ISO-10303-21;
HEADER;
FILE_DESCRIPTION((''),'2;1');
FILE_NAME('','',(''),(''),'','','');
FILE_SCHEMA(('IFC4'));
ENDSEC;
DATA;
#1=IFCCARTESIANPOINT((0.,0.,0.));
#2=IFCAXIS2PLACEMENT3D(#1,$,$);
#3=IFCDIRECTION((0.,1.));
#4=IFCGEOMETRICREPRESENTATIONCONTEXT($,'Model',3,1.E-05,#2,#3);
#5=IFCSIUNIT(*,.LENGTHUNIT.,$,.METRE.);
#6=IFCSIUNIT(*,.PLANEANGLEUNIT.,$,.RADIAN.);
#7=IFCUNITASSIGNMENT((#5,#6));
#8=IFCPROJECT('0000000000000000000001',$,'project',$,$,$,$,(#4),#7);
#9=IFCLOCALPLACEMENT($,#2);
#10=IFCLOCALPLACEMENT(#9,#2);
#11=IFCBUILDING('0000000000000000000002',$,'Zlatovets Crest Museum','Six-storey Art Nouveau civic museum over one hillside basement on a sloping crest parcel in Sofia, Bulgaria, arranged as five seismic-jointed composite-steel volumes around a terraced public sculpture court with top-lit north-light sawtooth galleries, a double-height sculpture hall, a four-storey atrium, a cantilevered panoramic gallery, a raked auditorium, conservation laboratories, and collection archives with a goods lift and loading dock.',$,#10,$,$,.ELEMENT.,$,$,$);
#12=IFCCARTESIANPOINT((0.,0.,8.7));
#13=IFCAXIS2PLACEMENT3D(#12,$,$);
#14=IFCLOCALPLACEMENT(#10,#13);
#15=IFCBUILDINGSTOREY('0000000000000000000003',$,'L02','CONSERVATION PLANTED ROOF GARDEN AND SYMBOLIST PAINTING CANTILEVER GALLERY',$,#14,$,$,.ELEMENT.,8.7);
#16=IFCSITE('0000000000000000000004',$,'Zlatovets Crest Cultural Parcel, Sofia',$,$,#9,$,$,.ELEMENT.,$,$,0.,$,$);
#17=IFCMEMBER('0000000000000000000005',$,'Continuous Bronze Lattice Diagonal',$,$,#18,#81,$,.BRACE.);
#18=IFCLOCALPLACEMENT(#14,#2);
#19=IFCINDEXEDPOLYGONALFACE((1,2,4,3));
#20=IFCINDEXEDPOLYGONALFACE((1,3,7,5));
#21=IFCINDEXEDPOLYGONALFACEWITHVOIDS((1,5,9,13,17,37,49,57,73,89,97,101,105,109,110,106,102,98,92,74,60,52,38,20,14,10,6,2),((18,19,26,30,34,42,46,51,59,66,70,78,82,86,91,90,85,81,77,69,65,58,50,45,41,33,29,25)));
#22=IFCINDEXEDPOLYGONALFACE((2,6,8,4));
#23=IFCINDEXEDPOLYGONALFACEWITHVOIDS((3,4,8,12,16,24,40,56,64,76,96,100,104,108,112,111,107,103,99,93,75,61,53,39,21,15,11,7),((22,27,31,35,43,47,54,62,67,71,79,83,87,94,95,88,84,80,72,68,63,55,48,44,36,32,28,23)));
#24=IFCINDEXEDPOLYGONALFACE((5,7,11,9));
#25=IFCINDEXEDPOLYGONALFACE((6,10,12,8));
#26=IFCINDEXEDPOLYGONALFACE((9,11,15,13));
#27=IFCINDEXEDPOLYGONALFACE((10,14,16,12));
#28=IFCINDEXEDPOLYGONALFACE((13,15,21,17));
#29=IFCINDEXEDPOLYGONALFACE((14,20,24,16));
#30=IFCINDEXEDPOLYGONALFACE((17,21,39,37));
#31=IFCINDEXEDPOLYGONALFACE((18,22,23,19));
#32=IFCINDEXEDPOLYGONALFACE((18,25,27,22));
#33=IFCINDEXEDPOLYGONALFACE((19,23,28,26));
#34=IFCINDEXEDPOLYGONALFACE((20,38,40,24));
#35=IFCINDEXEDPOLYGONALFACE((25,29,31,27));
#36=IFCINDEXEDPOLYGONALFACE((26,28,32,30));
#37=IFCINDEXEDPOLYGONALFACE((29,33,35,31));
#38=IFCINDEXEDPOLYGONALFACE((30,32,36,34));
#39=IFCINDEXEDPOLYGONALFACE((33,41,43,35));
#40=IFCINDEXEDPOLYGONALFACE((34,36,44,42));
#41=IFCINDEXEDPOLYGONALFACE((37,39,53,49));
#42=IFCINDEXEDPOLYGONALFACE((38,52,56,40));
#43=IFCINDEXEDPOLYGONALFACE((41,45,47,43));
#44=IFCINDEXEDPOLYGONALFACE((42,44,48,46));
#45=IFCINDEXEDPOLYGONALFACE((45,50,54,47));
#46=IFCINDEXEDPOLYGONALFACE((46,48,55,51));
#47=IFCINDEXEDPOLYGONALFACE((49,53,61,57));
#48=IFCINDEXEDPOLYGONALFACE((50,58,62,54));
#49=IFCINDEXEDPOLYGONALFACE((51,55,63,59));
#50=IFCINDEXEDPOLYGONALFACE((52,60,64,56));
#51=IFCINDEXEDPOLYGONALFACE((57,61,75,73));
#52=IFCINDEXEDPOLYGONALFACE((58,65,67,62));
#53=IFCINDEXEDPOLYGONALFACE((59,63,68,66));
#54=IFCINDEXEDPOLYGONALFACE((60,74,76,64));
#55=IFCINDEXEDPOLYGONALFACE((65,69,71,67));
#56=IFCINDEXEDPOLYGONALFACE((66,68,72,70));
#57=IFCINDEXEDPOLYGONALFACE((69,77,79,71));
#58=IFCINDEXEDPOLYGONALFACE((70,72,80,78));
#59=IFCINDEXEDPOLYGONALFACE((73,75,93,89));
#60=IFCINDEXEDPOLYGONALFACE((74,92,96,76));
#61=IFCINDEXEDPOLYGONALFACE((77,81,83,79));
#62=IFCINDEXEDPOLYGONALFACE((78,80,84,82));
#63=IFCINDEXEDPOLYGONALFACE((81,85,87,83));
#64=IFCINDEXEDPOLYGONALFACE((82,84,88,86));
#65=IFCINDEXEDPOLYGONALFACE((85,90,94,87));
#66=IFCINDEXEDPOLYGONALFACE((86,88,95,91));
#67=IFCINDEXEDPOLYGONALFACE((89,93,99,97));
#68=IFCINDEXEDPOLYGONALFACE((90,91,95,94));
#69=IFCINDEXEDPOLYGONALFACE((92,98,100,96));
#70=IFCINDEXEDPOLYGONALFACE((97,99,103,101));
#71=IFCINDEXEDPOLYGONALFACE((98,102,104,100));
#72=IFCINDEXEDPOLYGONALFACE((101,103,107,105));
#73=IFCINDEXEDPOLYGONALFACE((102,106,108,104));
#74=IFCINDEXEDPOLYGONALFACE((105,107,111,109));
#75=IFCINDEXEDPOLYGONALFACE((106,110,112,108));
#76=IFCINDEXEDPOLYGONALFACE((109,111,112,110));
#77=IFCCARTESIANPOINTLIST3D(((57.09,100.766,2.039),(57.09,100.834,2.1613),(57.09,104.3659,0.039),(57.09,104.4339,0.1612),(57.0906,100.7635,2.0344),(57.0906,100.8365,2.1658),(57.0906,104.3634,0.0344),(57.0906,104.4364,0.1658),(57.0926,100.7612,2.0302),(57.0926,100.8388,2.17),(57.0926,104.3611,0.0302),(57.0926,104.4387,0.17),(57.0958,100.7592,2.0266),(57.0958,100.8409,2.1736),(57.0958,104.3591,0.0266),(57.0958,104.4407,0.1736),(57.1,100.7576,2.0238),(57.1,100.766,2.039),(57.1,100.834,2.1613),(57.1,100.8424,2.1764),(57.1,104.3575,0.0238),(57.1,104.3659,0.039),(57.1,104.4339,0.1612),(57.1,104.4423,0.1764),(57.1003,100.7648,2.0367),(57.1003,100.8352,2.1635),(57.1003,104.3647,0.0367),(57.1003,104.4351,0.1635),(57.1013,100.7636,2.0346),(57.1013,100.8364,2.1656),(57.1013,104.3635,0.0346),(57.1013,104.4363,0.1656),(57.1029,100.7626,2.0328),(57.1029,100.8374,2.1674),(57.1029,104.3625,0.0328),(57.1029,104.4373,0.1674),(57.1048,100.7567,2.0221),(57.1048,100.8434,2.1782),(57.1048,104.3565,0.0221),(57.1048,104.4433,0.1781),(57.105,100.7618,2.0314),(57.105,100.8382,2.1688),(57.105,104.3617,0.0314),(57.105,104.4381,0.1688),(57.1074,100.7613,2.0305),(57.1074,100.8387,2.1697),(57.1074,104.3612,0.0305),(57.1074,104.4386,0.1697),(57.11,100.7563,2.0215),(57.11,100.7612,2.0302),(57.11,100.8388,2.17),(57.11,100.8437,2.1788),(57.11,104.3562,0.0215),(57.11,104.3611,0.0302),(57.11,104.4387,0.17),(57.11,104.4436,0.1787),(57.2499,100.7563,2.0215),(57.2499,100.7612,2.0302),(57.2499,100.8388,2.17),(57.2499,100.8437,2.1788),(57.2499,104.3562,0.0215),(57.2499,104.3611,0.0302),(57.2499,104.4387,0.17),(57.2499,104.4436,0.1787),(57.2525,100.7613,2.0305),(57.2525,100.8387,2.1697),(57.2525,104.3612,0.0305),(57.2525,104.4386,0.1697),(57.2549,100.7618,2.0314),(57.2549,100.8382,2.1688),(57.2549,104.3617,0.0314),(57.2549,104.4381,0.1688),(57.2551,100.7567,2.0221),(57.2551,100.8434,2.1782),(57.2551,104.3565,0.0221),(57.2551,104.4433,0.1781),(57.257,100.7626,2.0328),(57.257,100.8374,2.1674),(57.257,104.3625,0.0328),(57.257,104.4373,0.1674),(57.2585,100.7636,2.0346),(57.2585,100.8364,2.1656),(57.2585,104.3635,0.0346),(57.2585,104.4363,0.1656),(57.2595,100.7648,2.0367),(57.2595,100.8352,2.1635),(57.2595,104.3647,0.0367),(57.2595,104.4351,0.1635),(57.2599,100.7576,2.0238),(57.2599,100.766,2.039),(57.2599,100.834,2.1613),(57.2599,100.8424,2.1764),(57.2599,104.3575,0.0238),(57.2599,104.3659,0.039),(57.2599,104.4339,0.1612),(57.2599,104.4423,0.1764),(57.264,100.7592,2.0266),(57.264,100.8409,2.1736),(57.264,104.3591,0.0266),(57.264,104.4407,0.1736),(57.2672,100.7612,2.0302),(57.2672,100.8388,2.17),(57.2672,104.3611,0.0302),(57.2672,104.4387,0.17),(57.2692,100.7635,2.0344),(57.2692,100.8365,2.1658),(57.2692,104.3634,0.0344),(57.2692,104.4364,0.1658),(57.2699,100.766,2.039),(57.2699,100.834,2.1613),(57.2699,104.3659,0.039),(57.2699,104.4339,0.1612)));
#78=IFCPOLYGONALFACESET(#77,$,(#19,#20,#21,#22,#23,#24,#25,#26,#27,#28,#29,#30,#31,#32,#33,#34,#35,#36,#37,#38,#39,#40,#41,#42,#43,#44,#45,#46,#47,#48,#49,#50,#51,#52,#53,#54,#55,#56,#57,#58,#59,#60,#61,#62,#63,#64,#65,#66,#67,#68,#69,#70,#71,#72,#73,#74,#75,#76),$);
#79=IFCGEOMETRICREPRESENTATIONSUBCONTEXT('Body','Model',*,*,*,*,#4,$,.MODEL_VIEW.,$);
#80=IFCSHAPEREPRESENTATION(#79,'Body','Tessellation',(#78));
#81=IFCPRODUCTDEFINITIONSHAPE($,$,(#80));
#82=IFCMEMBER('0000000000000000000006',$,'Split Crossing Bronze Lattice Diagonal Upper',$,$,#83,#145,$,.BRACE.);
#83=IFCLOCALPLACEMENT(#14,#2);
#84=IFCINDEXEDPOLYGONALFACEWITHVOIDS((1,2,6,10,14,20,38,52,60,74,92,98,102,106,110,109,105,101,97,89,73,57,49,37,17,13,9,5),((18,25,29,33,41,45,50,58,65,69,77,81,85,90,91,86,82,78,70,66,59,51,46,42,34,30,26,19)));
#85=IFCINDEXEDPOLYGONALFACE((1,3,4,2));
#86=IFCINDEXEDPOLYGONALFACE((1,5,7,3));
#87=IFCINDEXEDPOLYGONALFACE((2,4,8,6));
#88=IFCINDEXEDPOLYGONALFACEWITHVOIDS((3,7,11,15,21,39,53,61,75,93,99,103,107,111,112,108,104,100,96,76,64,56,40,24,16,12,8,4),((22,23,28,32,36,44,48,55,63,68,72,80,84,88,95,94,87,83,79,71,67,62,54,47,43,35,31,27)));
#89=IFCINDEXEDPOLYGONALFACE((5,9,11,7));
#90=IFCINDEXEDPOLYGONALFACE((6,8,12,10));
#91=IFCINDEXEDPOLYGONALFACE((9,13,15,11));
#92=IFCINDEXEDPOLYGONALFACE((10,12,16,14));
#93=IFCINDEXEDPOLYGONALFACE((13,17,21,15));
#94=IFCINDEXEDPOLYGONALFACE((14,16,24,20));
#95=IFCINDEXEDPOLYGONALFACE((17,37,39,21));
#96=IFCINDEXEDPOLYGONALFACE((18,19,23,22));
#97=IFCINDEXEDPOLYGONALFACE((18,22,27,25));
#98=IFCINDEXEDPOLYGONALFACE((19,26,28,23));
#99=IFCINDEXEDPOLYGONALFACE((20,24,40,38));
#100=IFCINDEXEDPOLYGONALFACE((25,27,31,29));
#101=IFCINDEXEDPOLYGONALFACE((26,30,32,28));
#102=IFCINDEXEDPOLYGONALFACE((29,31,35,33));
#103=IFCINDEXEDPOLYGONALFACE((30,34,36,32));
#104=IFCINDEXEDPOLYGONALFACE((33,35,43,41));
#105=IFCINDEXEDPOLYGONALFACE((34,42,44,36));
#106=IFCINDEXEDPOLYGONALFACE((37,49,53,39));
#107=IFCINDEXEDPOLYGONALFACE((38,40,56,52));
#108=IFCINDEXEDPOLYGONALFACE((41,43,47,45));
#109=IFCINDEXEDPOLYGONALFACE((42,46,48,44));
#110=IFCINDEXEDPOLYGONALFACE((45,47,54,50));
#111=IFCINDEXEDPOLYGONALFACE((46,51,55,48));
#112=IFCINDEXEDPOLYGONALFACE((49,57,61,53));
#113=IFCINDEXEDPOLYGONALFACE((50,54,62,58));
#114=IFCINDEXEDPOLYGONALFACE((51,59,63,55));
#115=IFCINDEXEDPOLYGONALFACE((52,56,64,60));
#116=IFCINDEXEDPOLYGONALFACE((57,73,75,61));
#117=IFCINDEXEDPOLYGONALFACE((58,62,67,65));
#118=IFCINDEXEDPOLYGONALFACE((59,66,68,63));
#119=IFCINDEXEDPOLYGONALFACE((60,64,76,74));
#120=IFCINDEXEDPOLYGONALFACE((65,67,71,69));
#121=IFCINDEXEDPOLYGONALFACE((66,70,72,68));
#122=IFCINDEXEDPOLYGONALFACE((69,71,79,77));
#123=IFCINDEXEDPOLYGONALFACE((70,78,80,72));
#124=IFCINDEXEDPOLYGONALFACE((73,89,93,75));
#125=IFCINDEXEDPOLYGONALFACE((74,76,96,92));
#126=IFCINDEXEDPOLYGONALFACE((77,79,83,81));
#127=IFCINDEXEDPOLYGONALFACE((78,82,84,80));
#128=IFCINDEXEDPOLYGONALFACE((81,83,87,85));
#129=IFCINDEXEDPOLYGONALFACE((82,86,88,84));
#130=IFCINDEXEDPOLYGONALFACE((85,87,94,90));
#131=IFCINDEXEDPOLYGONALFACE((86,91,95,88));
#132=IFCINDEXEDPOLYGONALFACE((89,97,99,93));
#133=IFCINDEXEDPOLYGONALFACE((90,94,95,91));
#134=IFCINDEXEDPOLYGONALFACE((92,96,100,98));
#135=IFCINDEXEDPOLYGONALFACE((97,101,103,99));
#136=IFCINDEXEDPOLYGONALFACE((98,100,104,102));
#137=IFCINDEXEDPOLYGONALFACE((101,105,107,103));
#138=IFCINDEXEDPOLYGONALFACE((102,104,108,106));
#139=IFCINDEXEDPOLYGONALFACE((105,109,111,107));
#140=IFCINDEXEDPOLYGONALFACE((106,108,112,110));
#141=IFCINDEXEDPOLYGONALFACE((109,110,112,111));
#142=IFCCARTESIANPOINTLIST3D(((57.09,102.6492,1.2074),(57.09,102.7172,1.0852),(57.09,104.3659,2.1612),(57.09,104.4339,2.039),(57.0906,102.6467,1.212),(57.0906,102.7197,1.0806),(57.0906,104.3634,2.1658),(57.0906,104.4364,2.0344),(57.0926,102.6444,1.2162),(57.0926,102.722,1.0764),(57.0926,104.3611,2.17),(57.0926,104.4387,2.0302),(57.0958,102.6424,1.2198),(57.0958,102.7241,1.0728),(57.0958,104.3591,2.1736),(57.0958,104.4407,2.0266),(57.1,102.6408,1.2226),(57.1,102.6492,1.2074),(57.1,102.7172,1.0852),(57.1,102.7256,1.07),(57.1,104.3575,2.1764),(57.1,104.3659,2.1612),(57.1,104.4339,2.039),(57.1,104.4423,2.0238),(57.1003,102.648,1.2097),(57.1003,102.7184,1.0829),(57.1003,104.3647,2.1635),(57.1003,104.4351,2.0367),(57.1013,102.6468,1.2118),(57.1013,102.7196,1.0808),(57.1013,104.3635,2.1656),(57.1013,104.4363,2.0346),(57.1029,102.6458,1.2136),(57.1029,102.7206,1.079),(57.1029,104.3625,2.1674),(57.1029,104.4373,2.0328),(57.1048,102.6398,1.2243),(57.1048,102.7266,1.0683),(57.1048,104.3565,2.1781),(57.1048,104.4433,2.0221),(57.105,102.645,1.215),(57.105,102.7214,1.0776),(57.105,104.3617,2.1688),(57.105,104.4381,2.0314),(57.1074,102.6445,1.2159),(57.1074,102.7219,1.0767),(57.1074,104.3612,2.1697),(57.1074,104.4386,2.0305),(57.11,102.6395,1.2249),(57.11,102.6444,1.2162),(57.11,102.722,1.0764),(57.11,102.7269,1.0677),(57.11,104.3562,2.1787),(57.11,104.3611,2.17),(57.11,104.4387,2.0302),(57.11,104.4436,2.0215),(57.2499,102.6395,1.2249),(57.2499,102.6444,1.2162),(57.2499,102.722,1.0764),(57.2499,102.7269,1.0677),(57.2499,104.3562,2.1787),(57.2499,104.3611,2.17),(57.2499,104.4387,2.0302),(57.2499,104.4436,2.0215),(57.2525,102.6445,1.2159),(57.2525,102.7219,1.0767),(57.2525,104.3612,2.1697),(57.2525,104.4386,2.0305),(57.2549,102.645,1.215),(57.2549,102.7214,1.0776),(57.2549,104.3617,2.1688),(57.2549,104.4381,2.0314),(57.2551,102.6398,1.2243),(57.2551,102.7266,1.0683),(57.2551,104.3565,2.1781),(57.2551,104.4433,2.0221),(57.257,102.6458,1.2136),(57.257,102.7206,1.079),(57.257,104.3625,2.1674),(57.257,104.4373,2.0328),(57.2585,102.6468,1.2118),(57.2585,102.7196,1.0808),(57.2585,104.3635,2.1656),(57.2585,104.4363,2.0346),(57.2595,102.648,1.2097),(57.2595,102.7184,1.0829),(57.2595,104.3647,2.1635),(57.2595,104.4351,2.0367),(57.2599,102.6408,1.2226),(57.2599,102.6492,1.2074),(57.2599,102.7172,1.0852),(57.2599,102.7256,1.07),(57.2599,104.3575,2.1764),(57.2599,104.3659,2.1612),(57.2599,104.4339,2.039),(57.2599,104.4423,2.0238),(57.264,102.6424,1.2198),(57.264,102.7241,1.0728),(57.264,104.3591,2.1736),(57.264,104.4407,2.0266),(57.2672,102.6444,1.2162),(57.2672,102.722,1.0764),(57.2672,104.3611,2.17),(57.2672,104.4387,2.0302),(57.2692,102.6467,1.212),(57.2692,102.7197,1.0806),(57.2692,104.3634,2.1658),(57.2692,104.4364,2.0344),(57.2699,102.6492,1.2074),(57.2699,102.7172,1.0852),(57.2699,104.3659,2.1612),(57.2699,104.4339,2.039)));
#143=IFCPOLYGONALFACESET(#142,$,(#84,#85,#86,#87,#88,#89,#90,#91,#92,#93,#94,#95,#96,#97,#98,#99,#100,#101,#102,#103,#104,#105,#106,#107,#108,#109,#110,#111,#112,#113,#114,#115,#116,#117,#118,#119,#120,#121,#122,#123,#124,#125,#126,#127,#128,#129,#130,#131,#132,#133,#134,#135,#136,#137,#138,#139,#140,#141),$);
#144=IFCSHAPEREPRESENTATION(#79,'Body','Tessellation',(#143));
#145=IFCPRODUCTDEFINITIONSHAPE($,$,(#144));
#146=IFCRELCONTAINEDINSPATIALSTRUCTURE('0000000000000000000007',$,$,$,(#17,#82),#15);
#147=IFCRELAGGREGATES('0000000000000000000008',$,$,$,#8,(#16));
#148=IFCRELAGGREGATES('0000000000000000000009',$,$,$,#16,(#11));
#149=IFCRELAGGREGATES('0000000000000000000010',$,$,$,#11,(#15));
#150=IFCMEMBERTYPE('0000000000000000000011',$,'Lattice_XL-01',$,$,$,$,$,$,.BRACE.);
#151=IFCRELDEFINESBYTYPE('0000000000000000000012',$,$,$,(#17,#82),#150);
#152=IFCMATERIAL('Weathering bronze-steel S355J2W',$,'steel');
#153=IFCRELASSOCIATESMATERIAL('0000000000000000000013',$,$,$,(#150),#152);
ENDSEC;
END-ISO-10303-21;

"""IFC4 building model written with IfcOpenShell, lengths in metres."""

from ifc_helpers import new_model, si_unit, direction, frame, origin, origin_2d, place, context, subcontext, project, spatial, hollow_rectangle, extrude, material, material_profile, profile_set, type_object, element, save


model = new_model("IFC4")

# Units and contexts
model_context = context("Model", 3, precision=1e-05, world=origin(), true_north=direction((0.0, 1.0)))
body_context = subcontext(model_context, "Body", "Model", "MODEL_VIEW")
ifc_project = project(units=[si_unit("LENGTHUNIT", "METRE"), si_unit("PLANEANGLEUNIT", "RADIAN")], contexts=[model_context])

# Site, building, storey
site_placement = place(None, origin())
site = spatial("IfcSite", under=ifc_project, at=site_placement, Name="Zlatovets Crest Cultural Parcel, Sofia", CompositionType="ELEMENT", RefElevation=0.0)
building_placement = place(site_placement, origin())
building = spatial("IfcBuilding", under=site, at=building_placement, Name="Zlatovets Crest Museum", Description="Six-storey Art Nouveau civic museum over one hillside basement on a sloping crest parcel in Sofia, Bulgaria, arranged as five seismic-jointed composite-steel volumes around a terraced public sculpture court with top-lit north-light sawtooth galleries, a double-height sculpture hall, a four-storey atrium, a cantilevered panoramic gallery, a raked auditorium, conservation laboratories, and collection archives with a goods lift and loading dock.", CompositionType="ELEMENT")
storey_placement = place(building_placement, frame((0.0, 0.0, 8.7)))
storey = spatial("IfcBuildingStorey", under=building, at=storey_placement, Name="L02", Description="CONSERVATION PLANTED ROOF GARDEN AND SYMBOLIST PAINTING CANTILEVER GALLERY", CompositionType="ELEMENT", Elevation=8.7)

# Members
ifc_material_1 = material(Name="Weathering bronze-steel S355J2W", Category="steel")
ifc_material_profile_1 = material_profile(ifc_material_1, hollow_rectangle(XDim=0.1799, YDim=0.1799, WallThickness=0.01, InnerFilletRadius=0.01, OuterFilletRadius=0.02, at=origin_2d()), Name="SHS 180x180x10.0")
ifc_profile_set_1 = profile_set([ifc_material_profile_1], Name="Weathering bronze-steel S355J2W")
member_type_1 = type_object("IfcMemberType", Name="Lattice_XL-01", PredefinedType="BRACE", material=ifc_profile_set_1)
member_1_placement = place(storey_placement, frame((57.1799, 104.3999, 0.1001), z_axis=(0.0, -0.874149, 0.485658), x_axis=(1.0, 0.0, 0.0)))
element("IfcMember", 1, at=member_1_placement, inside=storey, type_object=member_type_1, Name="Continuous Bronze Lattice Diagonal", PredefinedType="BRACE", context=body_context, shape_type="SweptSolid", body=[
    extrude(hollow_rectangle(XDim=0.1799, YDim=0.1799, WallThickness=0.01, InnerFilletRadius=0.01, OuterFilletRadius=0.02, at=origin_2d()), origin(), (0.0, 0.0, 1.0), 4.1182),
])
member_2_placement = place(storey_placement, frame((57.1799, 104.3999, 2.1001), z_axis=(0.0, -0.87414, -0.485675), x_axis=(1.0, 0.0, 0.0)))
element("IfcMember", 2, at=member_2_placement, inside=storey, type_object=member_type_1, Name="Split Crossing Bronze Lattice Diagonal Upper", PredefinedType="BRACE", context=body_context, shape_type="SweptSolid", body=[
    extrude(hollow_rectangle(XDim=0.1799, YDim=0.1799, WallThickness=0.01, InnerFilletRadius=0.01, OuterFilletRadius=0.02, at=origin_2d()), origin(), (0.0, 0.0, 1.0), 1.9639),
])

save(model, "model.ifc")
